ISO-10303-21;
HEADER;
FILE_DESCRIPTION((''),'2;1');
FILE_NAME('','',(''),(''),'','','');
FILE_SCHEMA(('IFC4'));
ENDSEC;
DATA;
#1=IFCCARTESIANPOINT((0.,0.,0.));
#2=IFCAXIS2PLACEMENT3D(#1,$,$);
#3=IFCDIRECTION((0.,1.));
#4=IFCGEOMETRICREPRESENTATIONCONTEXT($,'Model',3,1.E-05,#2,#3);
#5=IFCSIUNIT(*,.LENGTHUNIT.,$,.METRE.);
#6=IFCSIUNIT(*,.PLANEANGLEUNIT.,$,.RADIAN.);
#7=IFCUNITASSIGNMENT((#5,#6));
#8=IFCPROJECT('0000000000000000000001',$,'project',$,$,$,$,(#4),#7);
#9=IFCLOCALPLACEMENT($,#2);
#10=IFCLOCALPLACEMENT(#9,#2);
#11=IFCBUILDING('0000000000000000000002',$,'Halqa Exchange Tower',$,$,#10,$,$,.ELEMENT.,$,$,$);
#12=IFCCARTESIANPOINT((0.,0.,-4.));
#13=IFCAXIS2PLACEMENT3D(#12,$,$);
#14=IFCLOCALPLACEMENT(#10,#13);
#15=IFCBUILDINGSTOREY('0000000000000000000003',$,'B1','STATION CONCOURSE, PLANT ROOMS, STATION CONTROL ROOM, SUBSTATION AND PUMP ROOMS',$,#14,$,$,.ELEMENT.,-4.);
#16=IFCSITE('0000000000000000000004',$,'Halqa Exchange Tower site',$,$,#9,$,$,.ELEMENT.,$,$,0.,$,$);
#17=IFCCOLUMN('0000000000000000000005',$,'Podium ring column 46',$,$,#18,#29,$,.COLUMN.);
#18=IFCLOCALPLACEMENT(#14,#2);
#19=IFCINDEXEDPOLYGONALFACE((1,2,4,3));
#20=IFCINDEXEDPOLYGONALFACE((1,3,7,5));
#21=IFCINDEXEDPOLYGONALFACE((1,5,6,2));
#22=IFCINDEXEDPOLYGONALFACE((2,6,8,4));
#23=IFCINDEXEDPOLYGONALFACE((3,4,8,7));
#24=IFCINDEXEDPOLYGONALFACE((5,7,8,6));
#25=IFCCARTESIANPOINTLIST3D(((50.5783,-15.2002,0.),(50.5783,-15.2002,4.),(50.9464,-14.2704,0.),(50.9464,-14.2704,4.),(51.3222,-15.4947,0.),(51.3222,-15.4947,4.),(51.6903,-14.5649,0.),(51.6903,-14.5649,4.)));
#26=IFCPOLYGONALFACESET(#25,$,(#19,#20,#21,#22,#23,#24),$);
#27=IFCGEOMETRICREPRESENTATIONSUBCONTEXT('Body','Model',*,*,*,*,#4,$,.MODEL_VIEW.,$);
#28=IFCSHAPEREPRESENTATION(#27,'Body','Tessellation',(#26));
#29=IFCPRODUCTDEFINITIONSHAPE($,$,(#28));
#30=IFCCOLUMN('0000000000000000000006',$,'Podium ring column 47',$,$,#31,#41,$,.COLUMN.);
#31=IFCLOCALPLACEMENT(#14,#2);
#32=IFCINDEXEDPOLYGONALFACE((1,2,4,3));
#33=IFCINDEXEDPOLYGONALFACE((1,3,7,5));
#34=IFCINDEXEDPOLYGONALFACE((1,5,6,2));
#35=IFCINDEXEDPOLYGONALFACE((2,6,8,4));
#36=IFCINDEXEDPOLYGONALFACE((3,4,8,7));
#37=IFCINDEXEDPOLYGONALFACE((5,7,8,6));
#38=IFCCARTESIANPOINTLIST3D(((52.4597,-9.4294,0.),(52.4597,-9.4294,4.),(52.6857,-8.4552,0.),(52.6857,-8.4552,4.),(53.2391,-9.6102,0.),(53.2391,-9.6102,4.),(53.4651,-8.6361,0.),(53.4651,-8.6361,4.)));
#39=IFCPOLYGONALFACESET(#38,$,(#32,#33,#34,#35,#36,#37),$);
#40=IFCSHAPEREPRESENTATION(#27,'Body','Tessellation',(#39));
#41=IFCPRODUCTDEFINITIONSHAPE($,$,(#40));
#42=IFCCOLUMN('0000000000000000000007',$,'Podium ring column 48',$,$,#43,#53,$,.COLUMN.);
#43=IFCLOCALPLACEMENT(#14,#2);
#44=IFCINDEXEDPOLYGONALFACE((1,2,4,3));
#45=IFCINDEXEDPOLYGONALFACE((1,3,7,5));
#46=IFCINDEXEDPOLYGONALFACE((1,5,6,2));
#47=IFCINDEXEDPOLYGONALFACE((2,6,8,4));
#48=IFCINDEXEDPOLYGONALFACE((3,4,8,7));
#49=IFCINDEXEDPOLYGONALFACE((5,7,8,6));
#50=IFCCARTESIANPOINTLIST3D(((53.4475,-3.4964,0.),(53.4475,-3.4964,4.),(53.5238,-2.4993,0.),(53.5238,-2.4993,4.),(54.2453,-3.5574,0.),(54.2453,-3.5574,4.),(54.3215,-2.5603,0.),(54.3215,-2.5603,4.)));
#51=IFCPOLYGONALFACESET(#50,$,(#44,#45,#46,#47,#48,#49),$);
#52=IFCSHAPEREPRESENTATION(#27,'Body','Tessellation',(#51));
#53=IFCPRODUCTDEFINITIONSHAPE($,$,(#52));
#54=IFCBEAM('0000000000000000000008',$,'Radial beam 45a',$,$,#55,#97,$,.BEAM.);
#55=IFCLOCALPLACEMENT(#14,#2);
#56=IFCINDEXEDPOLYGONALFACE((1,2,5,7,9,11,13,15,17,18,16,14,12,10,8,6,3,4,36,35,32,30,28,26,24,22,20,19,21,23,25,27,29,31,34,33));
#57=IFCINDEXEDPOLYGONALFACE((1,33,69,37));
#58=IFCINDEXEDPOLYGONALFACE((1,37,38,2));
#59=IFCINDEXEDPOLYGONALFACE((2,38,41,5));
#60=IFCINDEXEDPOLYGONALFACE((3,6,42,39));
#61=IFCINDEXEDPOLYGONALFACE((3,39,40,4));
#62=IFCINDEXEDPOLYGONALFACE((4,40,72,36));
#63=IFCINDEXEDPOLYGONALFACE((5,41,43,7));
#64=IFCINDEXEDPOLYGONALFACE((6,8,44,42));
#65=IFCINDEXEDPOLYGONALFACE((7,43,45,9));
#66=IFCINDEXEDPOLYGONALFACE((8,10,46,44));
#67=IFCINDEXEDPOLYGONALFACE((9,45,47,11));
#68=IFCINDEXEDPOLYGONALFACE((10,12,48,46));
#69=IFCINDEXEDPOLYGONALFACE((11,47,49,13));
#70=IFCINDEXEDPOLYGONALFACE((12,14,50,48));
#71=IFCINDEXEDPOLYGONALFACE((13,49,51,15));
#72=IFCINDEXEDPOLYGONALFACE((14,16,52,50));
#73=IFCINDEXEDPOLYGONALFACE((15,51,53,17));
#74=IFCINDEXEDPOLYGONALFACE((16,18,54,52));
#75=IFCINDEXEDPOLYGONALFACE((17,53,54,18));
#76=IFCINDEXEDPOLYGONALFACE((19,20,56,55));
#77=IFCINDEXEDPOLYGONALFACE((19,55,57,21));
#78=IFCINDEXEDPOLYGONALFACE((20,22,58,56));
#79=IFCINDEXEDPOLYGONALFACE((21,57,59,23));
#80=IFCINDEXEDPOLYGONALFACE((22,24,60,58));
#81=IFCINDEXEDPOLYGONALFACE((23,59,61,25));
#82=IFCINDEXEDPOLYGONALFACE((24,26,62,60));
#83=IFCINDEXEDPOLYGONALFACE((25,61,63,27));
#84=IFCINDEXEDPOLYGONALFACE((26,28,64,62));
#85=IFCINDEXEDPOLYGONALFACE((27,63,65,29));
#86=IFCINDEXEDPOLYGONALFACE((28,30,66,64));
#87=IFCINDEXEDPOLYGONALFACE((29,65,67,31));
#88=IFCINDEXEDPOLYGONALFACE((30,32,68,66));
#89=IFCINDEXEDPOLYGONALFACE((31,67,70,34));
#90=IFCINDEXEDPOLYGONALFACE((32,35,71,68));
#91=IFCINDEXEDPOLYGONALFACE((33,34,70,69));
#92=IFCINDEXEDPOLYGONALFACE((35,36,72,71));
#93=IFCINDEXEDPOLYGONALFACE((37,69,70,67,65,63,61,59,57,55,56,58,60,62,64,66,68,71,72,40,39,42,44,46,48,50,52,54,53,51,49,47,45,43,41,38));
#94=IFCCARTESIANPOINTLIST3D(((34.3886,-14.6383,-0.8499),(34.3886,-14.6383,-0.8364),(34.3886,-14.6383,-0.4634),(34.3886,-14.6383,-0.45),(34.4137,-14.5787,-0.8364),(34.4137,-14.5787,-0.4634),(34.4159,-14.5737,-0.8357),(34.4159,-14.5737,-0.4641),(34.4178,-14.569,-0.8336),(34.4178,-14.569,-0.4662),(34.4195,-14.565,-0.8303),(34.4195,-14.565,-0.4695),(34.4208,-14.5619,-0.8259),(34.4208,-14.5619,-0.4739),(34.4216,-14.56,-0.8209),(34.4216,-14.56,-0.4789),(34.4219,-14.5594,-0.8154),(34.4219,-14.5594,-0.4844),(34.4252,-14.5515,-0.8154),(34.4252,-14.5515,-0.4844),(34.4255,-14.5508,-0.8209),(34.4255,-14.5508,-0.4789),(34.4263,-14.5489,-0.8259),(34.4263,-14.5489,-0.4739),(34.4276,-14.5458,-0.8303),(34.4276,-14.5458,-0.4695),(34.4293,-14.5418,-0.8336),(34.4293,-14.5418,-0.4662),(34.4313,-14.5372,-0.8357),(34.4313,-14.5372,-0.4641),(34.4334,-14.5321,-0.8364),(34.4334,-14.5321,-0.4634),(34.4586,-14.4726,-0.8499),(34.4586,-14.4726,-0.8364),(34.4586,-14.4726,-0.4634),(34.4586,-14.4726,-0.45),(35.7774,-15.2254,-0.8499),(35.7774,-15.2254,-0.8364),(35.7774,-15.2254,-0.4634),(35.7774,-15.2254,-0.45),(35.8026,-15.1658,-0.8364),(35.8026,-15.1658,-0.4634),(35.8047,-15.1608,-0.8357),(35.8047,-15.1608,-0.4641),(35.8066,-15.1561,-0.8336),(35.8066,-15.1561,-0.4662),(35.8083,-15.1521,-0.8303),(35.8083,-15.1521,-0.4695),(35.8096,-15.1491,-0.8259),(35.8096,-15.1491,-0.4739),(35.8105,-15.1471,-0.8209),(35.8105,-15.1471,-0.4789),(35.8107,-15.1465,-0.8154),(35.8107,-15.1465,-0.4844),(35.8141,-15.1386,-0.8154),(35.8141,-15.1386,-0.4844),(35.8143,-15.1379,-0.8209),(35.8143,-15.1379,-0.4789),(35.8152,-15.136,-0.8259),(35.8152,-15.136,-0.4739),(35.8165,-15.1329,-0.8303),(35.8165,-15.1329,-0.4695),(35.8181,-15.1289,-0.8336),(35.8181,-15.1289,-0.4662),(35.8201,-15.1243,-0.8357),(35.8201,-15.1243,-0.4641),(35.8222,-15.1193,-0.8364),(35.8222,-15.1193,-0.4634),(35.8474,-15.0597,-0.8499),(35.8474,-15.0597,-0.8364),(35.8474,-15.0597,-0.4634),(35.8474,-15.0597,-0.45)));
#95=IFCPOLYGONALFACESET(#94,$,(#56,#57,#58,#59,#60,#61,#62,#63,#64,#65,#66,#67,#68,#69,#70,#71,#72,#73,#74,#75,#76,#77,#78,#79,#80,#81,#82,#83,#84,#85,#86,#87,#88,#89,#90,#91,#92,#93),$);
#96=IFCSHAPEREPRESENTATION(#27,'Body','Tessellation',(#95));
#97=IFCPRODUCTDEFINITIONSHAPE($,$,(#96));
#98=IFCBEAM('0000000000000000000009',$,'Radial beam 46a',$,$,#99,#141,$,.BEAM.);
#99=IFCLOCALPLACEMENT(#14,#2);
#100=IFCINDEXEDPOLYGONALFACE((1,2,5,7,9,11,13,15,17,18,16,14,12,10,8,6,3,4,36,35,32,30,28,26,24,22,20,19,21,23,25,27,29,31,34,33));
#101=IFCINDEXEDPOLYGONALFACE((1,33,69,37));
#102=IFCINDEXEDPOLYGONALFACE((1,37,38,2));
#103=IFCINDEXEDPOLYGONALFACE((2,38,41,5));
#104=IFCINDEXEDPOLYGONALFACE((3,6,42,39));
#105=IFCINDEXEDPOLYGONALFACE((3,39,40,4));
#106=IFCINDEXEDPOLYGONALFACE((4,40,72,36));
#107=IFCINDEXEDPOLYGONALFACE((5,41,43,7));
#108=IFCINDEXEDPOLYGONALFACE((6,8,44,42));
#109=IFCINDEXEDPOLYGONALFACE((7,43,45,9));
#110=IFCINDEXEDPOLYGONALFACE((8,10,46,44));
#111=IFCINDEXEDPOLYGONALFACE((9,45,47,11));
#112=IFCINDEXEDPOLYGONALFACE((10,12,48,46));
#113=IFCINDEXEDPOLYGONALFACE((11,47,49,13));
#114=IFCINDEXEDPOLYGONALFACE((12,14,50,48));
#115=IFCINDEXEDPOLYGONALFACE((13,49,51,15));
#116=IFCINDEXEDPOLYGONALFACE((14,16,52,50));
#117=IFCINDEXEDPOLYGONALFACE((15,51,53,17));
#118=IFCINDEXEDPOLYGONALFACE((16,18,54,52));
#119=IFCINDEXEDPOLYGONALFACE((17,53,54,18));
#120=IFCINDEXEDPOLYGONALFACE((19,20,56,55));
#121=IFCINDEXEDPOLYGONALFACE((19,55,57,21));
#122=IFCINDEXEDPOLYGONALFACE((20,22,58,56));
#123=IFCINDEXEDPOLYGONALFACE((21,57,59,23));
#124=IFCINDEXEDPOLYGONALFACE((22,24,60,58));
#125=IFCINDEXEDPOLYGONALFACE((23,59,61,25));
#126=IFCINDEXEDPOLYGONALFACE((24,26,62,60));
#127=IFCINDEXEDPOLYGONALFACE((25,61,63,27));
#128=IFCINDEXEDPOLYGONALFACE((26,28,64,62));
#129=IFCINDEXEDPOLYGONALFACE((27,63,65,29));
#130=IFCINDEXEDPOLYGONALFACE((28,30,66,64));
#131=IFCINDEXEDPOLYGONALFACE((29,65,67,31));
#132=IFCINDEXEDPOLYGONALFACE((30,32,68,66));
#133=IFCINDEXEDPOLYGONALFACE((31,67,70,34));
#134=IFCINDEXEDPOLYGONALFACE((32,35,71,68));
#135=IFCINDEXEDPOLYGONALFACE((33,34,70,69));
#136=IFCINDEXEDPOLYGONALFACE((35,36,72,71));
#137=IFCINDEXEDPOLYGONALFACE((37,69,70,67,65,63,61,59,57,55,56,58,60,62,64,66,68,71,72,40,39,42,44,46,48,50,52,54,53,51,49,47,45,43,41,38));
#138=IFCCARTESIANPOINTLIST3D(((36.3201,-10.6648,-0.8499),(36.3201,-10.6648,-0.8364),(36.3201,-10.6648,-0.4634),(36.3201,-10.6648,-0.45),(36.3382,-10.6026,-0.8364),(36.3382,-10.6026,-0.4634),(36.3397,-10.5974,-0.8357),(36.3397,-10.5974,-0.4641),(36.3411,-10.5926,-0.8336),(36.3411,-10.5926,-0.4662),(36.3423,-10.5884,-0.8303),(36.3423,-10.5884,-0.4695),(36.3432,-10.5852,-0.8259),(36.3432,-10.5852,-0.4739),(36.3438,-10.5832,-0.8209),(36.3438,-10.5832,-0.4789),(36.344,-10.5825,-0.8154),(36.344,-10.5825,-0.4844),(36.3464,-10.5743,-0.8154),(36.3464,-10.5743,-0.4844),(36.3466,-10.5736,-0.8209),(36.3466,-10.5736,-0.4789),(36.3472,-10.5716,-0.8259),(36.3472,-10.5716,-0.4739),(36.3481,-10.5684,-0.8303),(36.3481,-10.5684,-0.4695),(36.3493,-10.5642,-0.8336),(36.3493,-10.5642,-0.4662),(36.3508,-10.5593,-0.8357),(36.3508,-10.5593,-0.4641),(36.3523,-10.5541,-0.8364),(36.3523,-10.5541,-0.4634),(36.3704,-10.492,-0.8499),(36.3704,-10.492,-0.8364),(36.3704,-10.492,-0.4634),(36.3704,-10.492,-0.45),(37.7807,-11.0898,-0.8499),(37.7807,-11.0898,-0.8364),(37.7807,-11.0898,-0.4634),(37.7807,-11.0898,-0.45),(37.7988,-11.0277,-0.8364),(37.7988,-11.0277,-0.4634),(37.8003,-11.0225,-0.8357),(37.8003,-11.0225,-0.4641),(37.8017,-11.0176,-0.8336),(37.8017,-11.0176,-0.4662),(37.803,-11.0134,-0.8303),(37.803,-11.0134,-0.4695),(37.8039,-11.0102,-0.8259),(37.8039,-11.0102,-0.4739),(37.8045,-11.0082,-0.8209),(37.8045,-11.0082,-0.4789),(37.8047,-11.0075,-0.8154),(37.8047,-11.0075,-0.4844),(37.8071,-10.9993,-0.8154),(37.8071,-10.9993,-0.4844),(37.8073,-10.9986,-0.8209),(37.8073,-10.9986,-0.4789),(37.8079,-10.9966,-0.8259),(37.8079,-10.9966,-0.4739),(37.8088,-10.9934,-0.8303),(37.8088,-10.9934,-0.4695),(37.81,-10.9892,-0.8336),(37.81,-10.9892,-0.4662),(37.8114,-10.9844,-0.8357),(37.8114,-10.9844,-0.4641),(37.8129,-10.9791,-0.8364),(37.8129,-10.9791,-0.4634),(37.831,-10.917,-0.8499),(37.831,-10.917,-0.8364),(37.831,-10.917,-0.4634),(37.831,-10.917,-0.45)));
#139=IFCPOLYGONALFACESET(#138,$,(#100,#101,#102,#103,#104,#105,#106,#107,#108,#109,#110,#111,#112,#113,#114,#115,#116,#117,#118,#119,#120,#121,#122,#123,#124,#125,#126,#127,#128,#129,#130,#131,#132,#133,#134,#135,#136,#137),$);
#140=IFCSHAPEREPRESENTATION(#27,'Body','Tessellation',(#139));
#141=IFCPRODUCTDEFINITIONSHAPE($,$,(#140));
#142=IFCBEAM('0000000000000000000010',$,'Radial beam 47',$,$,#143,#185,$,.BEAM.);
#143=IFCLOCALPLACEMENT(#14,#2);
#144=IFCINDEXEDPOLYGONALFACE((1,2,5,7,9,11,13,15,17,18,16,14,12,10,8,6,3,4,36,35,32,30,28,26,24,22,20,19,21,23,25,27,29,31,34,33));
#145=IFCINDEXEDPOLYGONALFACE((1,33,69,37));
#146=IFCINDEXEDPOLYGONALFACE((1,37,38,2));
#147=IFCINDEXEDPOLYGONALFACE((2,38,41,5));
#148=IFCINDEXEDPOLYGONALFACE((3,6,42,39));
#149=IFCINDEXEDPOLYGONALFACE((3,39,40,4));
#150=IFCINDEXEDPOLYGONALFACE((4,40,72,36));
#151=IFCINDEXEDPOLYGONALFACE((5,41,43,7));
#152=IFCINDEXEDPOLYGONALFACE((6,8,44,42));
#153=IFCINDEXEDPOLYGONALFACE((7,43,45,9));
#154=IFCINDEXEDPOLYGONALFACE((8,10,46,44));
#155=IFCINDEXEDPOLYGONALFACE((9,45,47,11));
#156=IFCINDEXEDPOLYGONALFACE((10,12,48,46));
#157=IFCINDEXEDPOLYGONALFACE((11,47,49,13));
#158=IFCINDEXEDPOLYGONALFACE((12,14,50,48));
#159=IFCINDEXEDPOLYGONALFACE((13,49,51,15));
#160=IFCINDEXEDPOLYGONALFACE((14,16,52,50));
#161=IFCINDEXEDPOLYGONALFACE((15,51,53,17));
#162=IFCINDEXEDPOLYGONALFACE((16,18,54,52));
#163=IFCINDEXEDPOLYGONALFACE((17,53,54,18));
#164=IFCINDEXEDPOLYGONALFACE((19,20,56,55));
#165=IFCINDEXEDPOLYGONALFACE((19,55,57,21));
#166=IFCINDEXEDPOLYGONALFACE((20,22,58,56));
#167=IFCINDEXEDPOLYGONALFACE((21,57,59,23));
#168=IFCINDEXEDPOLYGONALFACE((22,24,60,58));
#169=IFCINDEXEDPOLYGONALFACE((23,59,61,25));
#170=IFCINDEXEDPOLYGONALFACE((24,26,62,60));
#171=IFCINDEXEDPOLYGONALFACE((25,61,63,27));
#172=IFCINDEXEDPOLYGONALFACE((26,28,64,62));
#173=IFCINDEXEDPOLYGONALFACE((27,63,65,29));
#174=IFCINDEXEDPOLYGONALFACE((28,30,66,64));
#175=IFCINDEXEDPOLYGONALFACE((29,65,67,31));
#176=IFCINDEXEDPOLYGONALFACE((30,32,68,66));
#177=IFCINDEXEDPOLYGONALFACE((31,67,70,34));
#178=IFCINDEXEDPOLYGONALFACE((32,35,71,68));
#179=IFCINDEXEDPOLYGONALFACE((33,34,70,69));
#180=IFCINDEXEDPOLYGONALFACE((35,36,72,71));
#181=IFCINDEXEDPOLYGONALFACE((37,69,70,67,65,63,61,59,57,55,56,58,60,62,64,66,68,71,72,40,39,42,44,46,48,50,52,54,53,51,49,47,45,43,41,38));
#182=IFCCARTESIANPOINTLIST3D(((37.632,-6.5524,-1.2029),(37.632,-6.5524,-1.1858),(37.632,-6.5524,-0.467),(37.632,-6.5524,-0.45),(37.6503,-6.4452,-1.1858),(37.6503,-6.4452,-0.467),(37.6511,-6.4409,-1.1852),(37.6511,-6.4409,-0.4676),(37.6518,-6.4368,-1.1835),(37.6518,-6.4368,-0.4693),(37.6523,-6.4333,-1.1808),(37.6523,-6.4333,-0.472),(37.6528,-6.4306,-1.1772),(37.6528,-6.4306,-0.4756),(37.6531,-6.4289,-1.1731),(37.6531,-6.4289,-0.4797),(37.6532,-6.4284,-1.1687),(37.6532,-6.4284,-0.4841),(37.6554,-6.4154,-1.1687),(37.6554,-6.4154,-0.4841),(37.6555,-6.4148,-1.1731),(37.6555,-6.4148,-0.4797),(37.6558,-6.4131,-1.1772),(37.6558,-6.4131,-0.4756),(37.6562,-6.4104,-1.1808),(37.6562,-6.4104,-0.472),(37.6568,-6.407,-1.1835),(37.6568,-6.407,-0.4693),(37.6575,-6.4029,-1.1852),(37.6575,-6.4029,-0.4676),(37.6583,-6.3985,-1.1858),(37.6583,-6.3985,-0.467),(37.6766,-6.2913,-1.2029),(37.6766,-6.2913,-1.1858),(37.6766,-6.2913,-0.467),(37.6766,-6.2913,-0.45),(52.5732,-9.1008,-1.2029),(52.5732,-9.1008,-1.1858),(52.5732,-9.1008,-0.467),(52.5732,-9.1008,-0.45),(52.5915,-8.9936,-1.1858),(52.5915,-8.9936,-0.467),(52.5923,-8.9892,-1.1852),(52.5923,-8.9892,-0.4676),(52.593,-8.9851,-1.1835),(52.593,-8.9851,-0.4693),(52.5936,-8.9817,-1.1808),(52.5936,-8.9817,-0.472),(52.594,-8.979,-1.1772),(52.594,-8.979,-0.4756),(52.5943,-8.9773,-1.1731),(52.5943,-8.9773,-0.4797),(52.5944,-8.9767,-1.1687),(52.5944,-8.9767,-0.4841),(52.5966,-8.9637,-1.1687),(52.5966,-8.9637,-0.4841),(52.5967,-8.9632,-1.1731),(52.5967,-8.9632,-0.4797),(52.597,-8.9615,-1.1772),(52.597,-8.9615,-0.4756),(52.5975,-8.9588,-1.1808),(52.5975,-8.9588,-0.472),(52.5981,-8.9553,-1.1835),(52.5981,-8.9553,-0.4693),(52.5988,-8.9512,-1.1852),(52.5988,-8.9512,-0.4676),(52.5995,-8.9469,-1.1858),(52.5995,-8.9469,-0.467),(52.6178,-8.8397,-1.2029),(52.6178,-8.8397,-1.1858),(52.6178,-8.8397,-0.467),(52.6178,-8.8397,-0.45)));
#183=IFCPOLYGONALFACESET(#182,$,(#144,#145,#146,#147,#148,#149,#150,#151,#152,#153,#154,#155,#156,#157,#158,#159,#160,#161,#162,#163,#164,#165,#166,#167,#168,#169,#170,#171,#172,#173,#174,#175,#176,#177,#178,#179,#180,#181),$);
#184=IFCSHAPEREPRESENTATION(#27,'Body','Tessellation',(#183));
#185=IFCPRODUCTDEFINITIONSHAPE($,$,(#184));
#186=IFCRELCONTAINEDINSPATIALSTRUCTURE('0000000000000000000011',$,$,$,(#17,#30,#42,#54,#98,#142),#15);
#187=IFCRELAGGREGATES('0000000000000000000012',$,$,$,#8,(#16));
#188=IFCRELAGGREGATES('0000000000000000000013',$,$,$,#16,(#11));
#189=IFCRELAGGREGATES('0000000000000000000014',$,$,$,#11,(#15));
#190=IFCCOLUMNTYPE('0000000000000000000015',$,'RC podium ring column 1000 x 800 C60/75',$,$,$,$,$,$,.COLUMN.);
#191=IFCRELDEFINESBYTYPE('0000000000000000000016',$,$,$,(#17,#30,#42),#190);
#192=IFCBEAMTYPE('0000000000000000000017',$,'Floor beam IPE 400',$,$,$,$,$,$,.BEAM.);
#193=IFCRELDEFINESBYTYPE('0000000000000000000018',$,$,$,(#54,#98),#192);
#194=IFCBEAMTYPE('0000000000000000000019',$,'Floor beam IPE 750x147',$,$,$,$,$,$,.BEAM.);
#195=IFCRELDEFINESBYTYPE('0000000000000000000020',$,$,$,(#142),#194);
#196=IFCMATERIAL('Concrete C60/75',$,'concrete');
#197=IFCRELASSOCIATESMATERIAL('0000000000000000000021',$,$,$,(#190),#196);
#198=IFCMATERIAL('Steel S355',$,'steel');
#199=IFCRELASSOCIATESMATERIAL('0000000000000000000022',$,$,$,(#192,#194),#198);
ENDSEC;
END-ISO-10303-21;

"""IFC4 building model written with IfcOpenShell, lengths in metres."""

from ifc_helpers import new_model, si_unit, direction, frame, origin, origin_2d, place, context, subcontext, project, spatial, rectangle, i_section, extrude, material, material_profile, profile_set, type_object, element, save


model = new_model("IFC4")

# Units and contexts
model_context = context("Model", 3, precision=1e-05, world=origin(), true_north=direction((0.0, 1.0)))
body_context = subcontext(model_context, "Body", "Model", "MODEL_VIEW")
ifc_project = project(units=[si_unit("LENGTHUNIT", "METRE"), si_unit("PLANEANGLEUNIT", "RADIAN")], contexts=[model_context])

# Site, building, storey
site_placement = place(None, origin())
site = spatial("IfcSite", under=ifc_project, at=site_placement, Name="Halqa Exchange Tower site", CompositionType="ELEMENT", RefElevation=0.0)
building_placement = place(site_placement, origin())
building = spatial("IfcBuilding", under=site, at=building_placement, Name="Halqa Exchange Tower", CompositionType="ELEMENT")
storey_placement = place(building_placement, frame((0.0, 0.0, -4.0)))
storey = spatial("IfcBuildingStorey", under=building, at=storey_placement, Name="B1", Description="STATION CONCOURSE, PLANT ROOMS, STATION CONTROL ROOM, SUBSTATION AND PUMP ROOMS", CompositionType="ELEMENT", Elevation=-4.0)

# Columns
ifc_material_1 = material(Name="Concrete C60/75", Category="concrete")
ifc_material_profile_1 = material_profile(ifc_material_1, rectangle(XDim=1.0, YDim=0.8, at=origin_2d()), Name="1000 x 800")
ifc_profile_set_1 = profile_set([ifc_material_profile_1], Name="Concrete C60/75")
column_type = type_object("IfcColumnType", Name="RC podium ring column 1000 x 800 C60/75", PredefinedType="COLUMN", material=ifc_profile_set_1)
for number, where, z_axis, x_axis, name in (
    (1, (51.1343, -14.8826, 0.0), (0.0, 0.0, 1.0), (0.36811, 0.929782, 0.0), "Podium ring column 46"),
    (2, (52.9624, -9.0327, 0.0), (0.0, 0.0, 1.0), (0.225997, 0.974128, 0.0), "Podium ring column 47"),
    (3, (53.8845, -3.0283, 0.0), (0.0, 0.0, 1.0), (0.076223, 0.997091, 0.0), "Podium ring column 48"),
):
    element("IfcColumn", number, at=place(storey_placement, frame(where, z_axis=z_axis, x_axis=x_axis)), inside=storey, type_object=column_type, Name=name, PredefinedType="COLUMN", context=body_context, shape_type="SweptSolid", body=[
        extrude(rectangle(XDim=1.0, YDim=0.8, at=origin_2d()), origin(), (0.0, 0.0, 1.0), 4.0),
    ])

# Beams
ifc_material_2 = material(Name="Steel S355", Category="steel")
ifc_material_profile_2 = material_profile(ifc_material_2, i_section(OverallWidth=0.1799, OverallDepth=0.3999, WebThickness=0.0085, FlangeThickness=0.0134, FilletRadius=0.021, at=origin_2d()), Name="IPE 400")
ifc_profile_set_2 = profile_set([ifc_material_profile_2], Name="Steel S355")
beam_type_1 = type_object("IfcBeamType", Name="Floor beam IPE 400", PredefinedType="BEAM", material=ifc_profile_set_2)
beam_1_placement = place(storey_placement, frame((34.4236, -14.5554, -0.6499), z_axis=(0.921077, -0.389381, 0.0), x_axis=(0.389381, 0.921077, 0.0)))
element("IfcBeam", 4, at=beam_1_placement, inside=storey, type_object=beam_type_1, Name="Radial beam 45a", PredefinedType="BEAM", context=body_context, shape_type="SweptSolid", body=[
    extrude(i_section(OverallWidth=0.1799, OverallDepth=0.3999, WebThickness=0.0085, FlangeThickness=0.0134, FilletRadius=0.021, at=origin_2d()), origin(), (0.0, 0.0, 1.0), 1.5078),
])
beam_2_placement = place(storey_placement, frame((36.3452, -10.5784, -0.6499), z_axis=(0.960174, -0.279402, 0.0), x_axis=(0.279402, 0.960174, 0.0)))
element("IfcBeam", 5, at=beam_2_placement, inside=storey, type_object=beam_type_1, Name="Radial beam 46a", PredefinedType="BEAM", context=body_context, shape_type="SweptSolid", body=[
    extrude(i_section(OverallWidth=0.1799, OverallDepth=0.3999, WebThickness=0.0085, FlangeThickness=0.0134, FilletRadius=0.021, at=origin_2d()), origin(), (0.0, 0.0, 1.0), 1.5212),
])
ifc_material_profile_3 = material_profile(ifc_material_2, i_section(OverallWidth=0.2649, OverallDepth=0.7529, WebThickness=0.0132, FlangeThickness=0.0171, FilletRadius=0.0171, at=origin_2d()), Name="IPE 750x147")
ifc_profile_set_3 = profile_set([ifc_material_profile_3], Name="Steel S355")
beam_type_2 = type_object("IfcBeamType", Name="Floor beam IPE 750x147", PredefinedType="BEAM", material=ifc_profile_set_3)
beam_3_placement = place(storey_placement, frame((37.6543, -6.4219, -0.8264), z_axis=(0.985765, -0.16813, 0.0), x_axis=(0.16813, 0.985765, 0.0)))
element("IfcBeam", 6, at=beam_3_placement, inside=storey, type_object=beam_type_2, Name="Radial beam 47", PredefinedType="BEAM", context=body_context, shape_type="SweptSolid", body=[
    extrude(i_section(OverallWidth=0.2649, OverallDepth=0.7529, WebThickness=0.0132, FlangeThickness=0.0171, FilletRadius=0.0171, at=origin_2d()), origin(), (0.0, 0.0, 1.0), 15.157),
])

save(model, "model.ifc")
